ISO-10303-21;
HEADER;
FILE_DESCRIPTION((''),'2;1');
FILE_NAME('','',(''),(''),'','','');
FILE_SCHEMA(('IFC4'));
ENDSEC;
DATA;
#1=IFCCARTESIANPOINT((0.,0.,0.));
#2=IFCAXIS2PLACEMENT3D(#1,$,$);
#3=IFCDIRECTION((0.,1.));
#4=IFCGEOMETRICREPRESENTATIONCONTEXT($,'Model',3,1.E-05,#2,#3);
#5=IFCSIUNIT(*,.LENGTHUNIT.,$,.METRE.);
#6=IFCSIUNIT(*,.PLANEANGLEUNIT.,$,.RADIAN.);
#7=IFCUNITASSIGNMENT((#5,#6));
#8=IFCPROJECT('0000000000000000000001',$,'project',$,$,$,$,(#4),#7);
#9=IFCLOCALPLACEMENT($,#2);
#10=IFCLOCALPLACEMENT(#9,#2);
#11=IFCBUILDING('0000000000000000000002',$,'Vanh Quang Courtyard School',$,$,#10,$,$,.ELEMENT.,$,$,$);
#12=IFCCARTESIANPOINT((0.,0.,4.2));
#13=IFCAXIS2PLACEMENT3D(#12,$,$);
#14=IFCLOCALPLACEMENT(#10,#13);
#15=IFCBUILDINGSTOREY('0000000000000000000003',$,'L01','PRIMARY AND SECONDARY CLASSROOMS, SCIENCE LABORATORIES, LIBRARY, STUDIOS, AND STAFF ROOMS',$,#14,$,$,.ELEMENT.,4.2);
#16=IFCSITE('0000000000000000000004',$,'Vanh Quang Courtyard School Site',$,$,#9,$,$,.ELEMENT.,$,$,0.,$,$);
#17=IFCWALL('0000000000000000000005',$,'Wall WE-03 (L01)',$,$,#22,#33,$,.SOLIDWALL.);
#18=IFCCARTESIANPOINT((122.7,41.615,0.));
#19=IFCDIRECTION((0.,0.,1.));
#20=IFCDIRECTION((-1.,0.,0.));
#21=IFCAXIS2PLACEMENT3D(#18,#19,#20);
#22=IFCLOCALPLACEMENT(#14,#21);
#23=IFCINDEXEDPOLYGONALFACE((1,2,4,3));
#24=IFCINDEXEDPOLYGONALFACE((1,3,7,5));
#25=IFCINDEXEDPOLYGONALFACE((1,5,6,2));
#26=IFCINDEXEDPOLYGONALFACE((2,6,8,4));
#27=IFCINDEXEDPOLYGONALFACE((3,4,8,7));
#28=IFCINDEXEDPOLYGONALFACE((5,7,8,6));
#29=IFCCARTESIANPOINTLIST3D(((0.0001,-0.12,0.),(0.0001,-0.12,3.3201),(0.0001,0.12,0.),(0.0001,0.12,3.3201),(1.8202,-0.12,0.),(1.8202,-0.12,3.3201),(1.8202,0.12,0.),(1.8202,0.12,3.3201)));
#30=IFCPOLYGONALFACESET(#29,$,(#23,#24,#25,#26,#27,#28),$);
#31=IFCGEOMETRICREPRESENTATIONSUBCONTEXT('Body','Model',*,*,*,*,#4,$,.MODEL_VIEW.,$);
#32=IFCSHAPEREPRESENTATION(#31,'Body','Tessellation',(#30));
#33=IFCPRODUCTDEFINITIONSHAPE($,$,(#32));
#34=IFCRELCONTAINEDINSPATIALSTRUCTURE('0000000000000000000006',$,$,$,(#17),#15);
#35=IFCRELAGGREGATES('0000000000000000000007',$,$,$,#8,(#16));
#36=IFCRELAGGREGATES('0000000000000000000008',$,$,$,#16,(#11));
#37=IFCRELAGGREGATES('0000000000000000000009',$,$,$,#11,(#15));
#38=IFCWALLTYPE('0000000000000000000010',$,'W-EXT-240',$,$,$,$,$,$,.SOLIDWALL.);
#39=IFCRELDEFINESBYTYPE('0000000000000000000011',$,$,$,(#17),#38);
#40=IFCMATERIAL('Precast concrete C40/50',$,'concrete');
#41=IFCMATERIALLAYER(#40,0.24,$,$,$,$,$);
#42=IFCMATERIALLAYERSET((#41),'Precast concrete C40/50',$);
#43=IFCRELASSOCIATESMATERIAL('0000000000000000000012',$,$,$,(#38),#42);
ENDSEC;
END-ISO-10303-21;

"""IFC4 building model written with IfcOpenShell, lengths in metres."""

from ifc_helpers import new_model, si_unit, direction, frame, frame_2d, origin, place, context, subcontext, project, spatial, rectangle, extrude, material, layer, layer_set, type_object, element, save


model = new_model("IFC4")

# Units and contexts
model_context = context("Model", 3, precision=1e-05, world=origin(), true_north=direction((0.0, 1.0)))
body_context = subcontext(model_context, "Body", "Model", "MODEL_VIEW")
ifc_project = project(units=[si_unit("LENGTHUNIT", "METRE"), si_unit("PLANEANGLEUNIT", "RADIAN")], contexts=[model_context])

# Site, building, storey
site_placement = place(None, origin())
site = spatial("IfcSite", under=ifc_project, at=site_placement, Name="Vanh Quang Courtyard School Site", CompositionType="ELEMENT", RefElevation=0.0)
building_placement = place(site_placement, origin())
building = spatial("IfcBuilding", under=site, at=building_placement, Name="Vanh Quang Courtyard School", CompositionType="ELEMENT")
storey_placement = place(building_placement, frame((0.0, 0.0, 4.2)))
storey = spatial("IfcBuildingStorey", under=building, at=storey_placement, Name="L01", Description="PRIMARY AND SECONDARY CLASSROOMS, SCIENCE LABORATORIES, LIBRARY, STUDIOS, AND STAFF ROOMS", CompositionType="ELEMENT", Elevation=4.2)

# Wall
ifc_material_1 = material(Name="Precast concrete C40/50", Category="concrete")
ifc_layer_1 = layer(ifc_material_1, 0.24)
ifc_layer_set_1 = layer_set([ifc_layer_1], Name="Precast concrete C40/50")
wall_type_1 = type_object("IfcWallType", Name="W-EXT-240", PredefinedType="SOLIDWALL", material=ifc_layer_set_1)
wall_1_placement = place(storey_placement, frame((122.7, 41.615, 0.0), z_axis=(0.0, 0.0, 1.0), x_axis=(-1.0, 0.0, 0.0)))
element("IfcWall", 1, at=wall_1_placement, inside=storey, type_object=wall_type_1, Name="Wall WE-03 (L01)", PredefinedType="SOLIDWALL", context=body_context, shape_type="SweptSolid", body=[
    extrude(rectangle(XDim=1.8201, YDim=0.24, at=frame_2d((0.9102, 0.0))), origin(), (0.0, 0.0, 1.0), 3.3201),
])

save(model, "model.ifc")
